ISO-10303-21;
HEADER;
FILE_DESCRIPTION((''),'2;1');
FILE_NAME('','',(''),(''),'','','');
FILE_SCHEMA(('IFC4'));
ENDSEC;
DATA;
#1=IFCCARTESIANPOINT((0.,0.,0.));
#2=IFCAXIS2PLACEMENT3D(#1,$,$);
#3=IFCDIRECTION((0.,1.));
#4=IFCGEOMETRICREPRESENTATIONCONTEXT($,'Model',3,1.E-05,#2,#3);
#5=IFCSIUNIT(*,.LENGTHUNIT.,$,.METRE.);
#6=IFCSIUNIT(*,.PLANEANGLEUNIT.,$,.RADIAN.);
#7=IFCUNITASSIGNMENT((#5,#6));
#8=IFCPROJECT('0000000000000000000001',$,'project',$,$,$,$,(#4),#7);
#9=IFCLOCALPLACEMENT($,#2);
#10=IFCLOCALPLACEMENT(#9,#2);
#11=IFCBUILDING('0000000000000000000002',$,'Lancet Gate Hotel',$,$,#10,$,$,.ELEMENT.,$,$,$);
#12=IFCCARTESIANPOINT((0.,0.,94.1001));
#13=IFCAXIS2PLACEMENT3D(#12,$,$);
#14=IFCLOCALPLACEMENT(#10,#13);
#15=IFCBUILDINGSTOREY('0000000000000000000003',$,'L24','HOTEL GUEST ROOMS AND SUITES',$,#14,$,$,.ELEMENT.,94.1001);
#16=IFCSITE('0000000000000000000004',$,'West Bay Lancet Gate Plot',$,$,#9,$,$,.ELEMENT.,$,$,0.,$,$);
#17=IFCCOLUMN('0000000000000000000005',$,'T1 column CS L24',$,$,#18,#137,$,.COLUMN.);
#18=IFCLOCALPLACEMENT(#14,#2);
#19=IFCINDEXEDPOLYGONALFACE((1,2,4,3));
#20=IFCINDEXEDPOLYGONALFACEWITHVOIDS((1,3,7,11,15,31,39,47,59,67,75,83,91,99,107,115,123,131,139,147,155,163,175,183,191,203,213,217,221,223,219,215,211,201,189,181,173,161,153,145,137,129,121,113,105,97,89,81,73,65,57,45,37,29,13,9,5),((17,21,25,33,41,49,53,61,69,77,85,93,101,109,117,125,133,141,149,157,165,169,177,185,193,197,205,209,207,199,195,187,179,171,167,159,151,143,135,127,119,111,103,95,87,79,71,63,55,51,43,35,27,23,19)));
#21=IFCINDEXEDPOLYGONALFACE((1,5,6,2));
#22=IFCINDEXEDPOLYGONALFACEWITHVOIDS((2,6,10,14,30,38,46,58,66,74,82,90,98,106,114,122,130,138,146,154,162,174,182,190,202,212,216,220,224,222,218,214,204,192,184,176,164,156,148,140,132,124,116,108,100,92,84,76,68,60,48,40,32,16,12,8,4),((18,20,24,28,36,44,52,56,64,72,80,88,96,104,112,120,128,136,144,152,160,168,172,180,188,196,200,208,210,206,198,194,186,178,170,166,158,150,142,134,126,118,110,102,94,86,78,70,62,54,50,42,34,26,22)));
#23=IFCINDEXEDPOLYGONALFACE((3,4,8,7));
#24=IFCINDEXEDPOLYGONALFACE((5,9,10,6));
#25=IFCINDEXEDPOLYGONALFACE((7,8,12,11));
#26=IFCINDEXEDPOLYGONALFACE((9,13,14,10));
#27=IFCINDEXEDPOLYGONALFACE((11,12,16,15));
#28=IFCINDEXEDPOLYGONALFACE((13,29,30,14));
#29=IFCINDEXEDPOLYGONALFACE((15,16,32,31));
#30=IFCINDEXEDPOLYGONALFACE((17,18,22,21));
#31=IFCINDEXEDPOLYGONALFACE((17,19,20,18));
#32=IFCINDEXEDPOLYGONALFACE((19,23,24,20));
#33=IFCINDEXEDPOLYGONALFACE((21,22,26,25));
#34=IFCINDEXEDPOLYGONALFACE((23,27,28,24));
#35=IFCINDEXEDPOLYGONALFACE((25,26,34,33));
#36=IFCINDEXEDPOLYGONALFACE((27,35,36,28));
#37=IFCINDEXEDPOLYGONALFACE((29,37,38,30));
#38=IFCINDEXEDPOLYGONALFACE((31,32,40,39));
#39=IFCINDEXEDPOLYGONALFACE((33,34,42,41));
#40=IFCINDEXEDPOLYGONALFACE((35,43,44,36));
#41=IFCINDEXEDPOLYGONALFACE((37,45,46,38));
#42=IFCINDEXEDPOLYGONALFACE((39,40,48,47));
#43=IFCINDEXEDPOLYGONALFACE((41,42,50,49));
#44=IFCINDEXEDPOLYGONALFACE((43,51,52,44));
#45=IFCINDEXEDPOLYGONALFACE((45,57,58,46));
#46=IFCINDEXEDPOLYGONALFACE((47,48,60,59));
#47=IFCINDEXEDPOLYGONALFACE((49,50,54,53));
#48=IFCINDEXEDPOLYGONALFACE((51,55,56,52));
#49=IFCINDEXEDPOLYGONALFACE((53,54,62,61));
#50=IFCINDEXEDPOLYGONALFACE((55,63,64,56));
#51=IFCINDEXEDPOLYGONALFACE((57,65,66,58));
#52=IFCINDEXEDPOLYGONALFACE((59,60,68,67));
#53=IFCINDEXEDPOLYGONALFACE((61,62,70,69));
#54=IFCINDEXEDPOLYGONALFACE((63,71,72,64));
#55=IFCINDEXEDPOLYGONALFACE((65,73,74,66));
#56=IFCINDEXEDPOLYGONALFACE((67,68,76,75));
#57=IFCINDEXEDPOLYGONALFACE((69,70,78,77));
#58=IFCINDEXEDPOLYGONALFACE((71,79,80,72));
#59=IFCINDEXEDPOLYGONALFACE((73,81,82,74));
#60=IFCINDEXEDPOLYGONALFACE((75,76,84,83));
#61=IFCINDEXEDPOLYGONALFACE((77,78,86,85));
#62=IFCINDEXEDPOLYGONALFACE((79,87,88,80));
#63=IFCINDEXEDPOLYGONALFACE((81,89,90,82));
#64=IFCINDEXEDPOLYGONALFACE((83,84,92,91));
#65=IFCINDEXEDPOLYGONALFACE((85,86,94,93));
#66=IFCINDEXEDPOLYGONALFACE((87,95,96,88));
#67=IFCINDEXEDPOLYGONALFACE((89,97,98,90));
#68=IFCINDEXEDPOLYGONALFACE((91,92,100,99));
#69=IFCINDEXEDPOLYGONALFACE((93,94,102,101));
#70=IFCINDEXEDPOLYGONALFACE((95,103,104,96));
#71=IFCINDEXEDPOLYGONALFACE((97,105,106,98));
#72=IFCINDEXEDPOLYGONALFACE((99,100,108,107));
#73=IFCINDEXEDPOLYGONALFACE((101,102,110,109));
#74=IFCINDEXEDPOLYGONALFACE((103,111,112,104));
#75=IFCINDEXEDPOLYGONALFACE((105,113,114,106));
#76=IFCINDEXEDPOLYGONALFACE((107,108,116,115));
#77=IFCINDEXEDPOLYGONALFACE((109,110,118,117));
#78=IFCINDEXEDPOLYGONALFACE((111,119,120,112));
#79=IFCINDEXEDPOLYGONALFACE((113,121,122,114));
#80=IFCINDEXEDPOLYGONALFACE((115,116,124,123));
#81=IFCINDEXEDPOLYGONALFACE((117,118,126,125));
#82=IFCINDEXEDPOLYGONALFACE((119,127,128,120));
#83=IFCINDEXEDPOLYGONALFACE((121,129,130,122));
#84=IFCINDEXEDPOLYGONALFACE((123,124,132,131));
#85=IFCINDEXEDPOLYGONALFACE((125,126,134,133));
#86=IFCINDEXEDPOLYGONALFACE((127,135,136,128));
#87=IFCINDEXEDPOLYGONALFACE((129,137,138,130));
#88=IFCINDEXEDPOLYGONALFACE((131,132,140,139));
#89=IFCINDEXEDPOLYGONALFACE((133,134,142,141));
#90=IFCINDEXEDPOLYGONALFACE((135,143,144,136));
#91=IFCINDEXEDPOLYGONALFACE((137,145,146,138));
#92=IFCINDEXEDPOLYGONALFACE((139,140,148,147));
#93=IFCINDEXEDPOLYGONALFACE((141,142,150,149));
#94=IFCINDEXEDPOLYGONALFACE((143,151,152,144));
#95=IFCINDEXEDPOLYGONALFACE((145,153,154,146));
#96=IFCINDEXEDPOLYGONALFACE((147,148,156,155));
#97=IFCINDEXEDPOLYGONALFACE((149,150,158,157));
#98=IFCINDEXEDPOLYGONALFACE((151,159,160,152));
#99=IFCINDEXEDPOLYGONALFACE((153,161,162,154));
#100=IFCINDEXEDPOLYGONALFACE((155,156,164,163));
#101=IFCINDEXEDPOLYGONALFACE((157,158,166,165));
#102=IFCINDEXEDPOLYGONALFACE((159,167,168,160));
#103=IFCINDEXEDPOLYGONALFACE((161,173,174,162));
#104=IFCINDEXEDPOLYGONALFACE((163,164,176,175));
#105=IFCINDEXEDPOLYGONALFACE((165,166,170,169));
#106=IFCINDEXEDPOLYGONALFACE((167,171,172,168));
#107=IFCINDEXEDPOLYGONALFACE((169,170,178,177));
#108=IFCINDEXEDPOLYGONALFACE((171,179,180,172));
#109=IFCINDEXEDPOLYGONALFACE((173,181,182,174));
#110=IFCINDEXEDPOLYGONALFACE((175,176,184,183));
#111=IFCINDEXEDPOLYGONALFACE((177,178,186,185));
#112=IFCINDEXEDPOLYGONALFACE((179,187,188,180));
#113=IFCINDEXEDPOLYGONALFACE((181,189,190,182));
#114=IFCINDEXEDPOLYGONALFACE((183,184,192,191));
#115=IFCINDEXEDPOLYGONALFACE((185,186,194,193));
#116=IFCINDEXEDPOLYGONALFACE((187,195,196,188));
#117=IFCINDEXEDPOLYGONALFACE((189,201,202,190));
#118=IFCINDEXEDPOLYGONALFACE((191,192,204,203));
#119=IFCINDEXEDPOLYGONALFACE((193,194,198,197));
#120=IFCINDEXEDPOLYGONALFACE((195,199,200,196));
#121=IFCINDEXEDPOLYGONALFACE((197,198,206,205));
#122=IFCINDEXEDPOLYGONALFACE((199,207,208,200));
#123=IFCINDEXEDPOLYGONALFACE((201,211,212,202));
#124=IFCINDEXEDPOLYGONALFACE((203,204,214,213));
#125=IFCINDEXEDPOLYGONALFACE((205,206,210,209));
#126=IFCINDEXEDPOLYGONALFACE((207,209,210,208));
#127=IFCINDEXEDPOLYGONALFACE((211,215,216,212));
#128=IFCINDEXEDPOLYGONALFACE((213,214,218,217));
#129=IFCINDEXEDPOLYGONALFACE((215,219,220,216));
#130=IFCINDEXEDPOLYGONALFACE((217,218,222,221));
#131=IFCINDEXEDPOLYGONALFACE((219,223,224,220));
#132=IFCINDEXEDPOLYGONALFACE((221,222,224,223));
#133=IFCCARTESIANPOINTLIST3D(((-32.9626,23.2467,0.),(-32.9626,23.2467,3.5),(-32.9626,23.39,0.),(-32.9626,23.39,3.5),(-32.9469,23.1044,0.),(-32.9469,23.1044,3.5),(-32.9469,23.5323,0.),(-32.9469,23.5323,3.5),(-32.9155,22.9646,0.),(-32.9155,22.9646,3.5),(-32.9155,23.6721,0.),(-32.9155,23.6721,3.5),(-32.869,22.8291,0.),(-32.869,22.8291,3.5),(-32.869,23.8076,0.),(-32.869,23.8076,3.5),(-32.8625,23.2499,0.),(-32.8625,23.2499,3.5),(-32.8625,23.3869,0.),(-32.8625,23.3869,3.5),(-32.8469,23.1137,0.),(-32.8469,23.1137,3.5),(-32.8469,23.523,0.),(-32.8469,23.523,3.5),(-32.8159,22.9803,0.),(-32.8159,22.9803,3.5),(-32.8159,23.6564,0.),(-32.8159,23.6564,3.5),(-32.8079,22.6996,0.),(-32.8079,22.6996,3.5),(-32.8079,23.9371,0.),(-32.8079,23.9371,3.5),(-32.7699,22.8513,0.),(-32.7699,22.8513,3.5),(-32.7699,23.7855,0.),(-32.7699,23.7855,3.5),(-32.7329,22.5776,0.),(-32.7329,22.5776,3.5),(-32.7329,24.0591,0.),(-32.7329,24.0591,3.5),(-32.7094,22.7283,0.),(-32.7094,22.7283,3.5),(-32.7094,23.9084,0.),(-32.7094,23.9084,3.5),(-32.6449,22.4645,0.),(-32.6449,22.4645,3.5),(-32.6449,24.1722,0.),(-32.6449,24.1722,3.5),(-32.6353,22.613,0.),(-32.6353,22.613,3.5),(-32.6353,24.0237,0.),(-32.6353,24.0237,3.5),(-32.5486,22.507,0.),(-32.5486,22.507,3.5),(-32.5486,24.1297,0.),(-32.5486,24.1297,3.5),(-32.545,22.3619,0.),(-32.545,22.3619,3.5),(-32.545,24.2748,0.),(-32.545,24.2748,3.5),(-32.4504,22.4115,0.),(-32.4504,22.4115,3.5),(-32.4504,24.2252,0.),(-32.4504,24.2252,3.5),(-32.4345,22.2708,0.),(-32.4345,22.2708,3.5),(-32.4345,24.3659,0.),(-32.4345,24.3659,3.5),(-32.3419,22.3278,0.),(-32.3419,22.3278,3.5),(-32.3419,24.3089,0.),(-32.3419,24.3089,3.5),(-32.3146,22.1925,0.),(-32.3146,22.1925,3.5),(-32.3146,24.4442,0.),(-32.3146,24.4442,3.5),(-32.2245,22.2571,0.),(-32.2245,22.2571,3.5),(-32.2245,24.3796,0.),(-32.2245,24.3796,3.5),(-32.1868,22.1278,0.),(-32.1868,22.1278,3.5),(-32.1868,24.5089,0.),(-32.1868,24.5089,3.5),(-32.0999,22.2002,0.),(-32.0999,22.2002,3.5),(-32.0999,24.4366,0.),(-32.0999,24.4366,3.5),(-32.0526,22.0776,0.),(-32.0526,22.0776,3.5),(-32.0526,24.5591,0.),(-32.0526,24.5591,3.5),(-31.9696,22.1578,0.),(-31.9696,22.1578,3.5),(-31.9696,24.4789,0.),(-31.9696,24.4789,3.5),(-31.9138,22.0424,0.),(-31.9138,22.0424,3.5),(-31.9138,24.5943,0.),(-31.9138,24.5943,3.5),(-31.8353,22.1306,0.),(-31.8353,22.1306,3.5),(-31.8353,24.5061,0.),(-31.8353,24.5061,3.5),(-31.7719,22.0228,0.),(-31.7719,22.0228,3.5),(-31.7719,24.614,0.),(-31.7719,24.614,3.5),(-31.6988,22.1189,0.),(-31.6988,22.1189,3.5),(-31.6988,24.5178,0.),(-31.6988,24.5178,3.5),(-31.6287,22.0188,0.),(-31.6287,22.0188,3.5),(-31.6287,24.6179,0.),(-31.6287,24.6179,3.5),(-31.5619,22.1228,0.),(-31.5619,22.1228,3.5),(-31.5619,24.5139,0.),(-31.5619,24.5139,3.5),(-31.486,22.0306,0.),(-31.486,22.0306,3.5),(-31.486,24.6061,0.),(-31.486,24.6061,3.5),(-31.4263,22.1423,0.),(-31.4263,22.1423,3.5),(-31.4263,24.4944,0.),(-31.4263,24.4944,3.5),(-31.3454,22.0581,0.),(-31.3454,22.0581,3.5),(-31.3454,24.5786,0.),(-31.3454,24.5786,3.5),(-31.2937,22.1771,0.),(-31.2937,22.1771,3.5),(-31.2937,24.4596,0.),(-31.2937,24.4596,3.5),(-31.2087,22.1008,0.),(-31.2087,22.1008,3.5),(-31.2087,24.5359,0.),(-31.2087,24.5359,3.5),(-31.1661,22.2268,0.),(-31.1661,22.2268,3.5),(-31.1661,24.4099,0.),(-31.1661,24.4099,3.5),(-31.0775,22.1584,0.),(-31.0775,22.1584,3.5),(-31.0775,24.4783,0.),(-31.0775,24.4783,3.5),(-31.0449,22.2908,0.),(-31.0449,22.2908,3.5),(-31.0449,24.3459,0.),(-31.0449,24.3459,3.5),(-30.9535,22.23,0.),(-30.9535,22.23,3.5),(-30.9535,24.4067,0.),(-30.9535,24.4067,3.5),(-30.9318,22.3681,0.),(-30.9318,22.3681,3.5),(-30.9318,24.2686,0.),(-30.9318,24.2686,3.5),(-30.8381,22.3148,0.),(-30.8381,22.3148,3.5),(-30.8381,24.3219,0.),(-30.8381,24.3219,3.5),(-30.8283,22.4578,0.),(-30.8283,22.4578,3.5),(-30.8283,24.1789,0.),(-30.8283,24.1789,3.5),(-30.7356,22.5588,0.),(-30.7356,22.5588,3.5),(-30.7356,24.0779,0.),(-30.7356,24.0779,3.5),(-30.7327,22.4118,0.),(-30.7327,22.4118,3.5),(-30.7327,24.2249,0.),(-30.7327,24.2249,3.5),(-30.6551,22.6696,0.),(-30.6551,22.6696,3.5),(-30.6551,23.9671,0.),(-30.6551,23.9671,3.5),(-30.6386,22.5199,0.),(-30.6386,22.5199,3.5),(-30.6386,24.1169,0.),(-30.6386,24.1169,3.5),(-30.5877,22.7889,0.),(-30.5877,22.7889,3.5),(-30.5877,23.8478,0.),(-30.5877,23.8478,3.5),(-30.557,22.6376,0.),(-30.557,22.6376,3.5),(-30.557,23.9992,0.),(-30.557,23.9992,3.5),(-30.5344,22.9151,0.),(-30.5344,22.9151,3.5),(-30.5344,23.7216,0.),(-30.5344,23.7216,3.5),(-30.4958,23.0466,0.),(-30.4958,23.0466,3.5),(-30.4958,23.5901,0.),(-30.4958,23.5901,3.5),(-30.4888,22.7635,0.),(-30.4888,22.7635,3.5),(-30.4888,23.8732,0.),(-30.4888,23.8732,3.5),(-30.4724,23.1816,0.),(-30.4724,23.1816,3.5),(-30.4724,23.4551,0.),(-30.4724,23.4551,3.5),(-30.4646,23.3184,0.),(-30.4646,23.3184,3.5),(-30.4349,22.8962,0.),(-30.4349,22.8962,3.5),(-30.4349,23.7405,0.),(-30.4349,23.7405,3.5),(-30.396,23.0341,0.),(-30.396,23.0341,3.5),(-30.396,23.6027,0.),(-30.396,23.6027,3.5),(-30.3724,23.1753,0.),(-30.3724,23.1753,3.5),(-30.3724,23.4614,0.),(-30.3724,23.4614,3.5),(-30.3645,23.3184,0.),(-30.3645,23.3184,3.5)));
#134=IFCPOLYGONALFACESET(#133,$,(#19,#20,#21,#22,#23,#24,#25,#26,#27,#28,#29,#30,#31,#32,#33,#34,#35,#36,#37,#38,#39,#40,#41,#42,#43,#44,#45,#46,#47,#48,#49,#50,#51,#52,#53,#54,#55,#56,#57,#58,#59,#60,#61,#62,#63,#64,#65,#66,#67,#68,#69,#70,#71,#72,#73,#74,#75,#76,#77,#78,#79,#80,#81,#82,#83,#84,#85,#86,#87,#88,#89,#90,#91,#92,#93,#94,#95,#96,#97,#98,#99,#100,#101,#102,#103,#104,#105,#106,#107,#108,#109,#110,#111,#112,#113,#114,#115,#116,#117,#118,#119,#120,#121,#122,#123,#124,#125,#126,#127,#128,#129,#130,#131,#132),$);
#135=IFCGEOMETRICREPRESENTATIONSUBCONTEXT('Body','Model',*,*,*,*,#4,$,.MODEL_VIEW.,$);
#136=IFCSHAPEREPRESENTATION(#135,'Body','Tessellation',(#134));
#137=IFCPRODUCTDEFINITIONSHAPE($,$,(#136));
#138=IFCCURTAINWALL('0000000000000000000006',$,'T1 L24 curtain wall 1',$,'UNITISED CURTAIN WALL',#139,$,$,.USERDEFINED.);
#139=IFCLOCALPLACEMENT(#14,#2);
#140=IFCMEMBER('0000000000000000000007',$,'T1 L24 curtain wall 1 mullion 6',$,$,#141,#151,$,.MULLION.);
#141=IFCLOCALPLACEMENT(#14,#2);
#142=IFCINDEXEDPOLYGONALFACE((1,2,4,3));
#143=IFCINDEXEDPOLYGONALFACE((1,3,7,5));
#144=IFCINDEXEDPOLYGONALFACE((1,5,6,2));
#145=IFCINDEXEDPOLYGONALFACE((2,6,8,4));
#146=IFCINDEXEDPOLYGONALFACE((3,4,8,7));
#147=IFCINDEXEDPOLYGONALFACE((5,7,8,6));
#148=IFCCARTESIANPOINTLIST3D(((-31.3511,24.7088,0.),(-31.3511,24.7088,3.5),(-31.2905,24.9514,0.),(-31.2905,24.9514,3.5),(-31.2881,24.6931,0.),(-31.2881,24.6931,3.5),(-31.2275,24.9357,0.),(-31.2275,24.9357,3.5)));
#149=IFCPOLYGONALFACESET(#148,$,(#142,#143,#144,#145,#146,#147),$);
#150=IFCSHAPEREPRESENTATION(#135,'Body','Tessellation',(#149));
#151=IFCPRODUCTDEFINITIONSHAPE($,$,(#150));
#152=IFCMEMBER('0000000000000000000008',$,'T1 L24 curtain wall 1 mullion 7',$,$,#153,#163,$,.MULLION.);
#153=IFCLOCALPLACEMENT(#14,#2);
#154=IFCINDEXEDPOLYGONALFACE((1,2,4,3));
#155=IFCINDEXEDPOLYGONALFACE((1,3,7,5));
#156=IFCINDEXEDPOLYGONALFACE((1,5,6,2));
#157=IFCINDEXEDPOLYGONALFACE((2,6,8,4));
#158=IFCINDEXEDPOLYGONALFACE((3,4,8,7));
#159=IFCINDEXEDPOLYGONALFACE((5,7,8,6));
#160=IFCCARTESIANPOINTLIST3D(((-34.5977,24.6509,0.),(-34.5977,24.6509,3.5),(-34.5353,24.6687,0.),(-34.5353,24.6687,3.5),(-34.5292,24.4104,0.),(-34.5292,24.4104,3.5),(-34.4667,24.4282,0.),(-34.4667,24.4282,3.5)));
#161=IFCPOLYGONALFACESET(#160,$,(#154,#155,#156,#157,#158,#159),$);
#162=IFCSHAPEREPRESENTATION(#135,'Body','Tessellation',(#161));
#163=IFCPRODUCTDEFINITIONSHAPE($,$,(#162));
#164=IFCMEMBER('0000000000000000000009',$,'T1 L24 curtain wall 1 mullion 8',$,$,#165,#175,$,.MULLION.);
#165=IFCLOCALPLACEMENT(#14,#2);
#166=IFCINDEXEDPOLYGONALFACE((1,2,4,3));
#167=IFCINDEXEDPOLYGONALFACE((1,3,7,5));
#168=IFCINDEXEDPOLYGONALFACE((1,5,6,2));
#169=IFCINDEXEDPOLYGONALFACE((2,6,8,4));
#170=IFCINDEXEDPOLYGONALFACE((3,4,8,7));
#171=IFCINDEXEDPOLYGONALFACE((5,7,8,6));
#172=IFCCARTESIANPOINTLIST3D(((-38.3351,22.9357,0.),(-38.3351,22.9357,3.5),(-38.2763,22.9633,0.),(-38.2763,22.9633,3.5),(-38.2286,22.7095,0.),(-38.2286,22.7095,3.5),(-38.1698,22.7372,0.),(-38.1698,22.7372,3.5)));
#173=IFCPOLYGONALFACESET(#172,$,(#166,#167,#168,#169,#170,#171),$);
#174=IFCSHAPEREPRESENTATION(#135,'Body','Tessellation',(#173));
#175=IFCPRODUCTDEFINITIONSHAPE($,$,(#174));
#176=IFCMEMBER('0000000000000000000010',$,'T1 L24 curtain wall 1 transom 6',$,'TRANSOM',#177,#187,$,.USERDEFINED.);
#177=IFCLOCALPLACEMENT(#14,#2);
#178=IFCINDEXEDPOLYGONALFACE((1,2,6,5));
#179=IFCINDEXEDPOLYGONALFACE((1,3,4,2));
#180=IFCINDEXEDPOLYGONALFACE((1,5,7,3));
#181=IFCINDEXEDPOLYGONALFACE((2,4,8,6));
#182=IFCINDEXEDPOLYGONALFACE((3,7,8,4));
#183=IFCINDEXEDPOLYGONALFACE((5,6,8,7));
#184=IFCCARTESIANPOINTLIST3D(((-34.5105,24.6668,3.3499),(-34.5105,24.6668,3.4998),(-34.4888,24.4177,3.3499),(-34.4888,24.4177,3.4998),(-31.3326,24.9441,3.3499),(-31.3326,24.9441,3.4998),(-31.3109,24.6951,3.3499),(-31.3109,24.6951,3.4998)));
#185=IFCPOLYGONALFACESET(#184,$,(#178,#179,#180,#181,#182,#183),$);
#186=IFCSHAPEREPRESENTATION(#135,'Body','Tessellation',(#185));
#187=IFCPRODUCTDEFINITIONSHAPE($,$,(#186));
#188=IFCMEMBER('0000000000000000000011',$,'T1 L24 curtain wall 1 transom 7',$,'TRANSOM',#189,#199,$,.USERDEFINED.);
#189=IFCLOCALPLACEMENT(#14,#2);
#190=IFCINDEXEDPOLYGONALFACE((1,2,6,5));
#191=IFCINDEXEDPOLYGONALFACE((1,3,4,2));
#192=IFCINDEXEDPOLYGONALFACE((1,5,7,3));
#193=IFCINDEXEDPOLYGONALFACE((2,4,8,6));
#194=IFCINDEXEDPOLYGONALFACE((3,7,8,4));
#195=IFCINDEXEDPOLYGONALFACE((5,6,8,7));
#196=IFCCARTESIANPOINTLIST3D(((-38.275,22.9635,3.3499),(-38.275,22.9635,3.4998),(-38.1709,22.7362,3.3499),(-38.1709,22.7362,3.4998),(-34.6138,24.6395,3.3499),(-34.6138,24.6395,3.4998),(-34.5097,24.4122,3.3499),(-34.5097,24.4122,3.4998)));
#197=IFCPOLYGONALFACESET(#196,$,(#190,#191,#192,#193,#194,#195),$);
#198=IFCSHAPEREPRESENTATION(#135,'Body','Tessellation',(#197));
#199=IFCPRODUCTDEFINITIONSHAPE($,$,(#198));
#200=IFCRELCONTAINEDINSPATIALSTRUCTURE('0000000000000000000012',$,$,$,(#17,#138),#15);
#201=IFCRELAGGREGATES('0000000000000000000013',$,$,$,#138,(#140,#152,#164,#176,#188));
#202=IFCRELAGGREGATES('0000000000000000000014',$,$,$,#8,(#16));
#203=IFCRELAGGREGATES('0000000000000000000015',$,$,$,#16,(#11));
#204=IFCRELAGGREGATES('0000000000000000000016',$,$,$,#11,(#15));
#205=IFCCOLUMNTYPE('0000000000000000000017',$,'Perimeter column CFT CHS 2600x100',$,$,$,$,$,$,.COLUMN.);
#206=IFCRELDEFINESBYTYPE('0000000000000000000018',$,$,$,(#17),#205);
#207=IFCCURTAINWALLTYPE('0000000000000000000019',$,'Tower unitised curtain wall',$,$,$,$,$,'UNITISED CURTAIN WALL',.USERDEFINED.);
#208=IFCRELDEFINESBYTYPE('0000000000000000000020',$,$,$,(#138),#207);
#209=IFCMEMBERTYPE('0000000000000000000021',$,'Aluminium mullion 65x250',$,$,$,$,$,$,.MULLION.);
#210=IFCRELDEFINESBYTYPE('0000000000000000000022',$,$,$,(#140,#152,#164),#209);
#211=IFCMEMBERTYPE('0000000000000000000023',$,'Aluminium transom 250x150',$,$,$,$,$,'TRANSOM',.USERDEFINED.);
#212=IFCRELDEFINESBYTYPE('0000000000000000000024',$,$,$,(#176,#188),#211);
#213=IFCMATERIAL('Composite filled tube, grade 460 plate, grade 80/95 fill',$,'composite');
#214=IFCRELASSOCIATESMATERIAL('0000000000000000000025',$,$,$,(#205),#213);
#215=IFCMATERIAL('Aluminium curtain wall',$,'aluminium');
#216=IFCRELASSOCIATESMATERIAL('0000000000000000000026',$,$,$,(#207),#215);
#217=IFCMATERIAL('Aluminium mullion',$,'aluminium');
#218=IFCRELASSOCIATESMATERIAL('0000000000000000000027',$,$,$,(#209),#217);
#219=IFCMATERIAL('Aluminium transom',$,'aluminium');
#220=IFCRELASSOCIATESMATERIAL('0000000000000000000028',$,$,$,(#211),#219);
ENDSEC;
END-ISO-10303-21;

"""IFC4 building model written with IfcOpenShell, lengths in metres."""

from ifc_helpers import new_model, si_unit, direction, frame, origin, origin_2d, place, context, subcontext, project, spatial, rectangle, hollow_circle, extrude, material, material_profile, profile_set, type_object, element, aggregate, save


model = new_model("IFC4")

# Units and contexts
model_context = context("Model", 3, precision=1e-05, world=origin(), true_north=direction((0.0, 1.0)))
body_context = subcontext(model_context, "Body", "Model", "MODEL_VIEW")
ifc_project = project(units=[si_unit("LENGTHUNIT", "METRE"), si_unit("PLANEANGLEUNIT", "RADIAN")], contexts=[model_context])

# Site, building, storey
site_placement = place(None, origin())
site = spatial("IfcSite", under=ifc_project, at=site_placement, Name="West Bay Lancet Gate Plot", CompositionType="ELEMENT", RefElevation=0.0)
building_placement = place(site_placement, origin())
building = spatial("IfcBuilding", under=site, at=building_placement, Name="Lancet Gate Hotel", CompositionType="ELEMENT")
storey_placement = place(building_placement, frame((0.0, 0.0, 94.1001)))
storey = spatial("IfcBuildingStorey", under=building, at=storey_placement, Name="L24", Description="HOTEL GUEST ROOMS AND SUITES", CompositionType="ELEMENT", Elevation=94.1001)

# Column
ifc_material_1 = material(Name="Composite filled tube, grade 460 plate, grade 80/95 fill", Category="composite")
ifc_material_profile_1 = material_profile(ifc_material_1, hollow_circle(Radius=1.3, WallThickness=0.1001, at=origin_2d()), Name="CHS 2600x100")
ifc_profile_set_1 = profile_set([ifc_material_profile_1], Name="Composite filled tube, grade 460 plate, grade 80/95 fill")
column_type = type_object("IfcColumnType", Name="Perimeter column CFT CHS 2600x100", PredefinedType="COLUMN", material=ifc_profile_set_1)
column_placement = place(storey_placement, frame((-31.6646, 23.3184, 0.0), z_axis=(0.0, 0.0, 1.0), x_axis=(1.0, 0.0, 0.0)))
element("IfcColumn", 1, at=column_placement, inside=storey, type_object=column_type, Name="T1 column CS L24", PredefinedType="COLUMN", context=body_context, shape_type="SweptSolid", body=[
    extrude(hollow_circle(Radius=1.3, WallThickness=0.1001, at=origin_2d()), origin(), (0.0, 0.0, 1.0), 3.5),
])

# Curtain wall, members
ifc_material_2 = material(Name="Aluminium curtain wall", Category="aluminium")
curtain_wall_type = type_object("IfcCurtainWallType", Name="Tower unitised curtain wall", ElementType="UNITISED CURTAIN WALL", PredefinedType="USERDEFINED", material=ifc_material_2)
curtain_wall_placement = place(storey_placement, origin())
curtain_wall = element("IfcCurtainWall", 2, at=curtain_wall_placement, inside=storey, type_object=curtain_wall_type, Name="T1 L24 curtain wall 1", ObjectType="UNITISED CURTAIN WALL", PredefinedType="USERDEFINED")
ifc_material_3 = material(Name="Aluminium mullion", Category="aluminium")
ifc_material_profile_2 = material_profile(ifc_material_3, rectangle(XDim=0.0649, YDim=0.25, at=origin_2d()), Name="MULLION 65x250")
ifc_profile_set_2 = profile_set([ifc_material_profile_2], Name="Aluminium mullion")
member_type_1 = type_object("IfcMemberType", Name="Aluminium mullion 65x250", PredefinedType="MULLION", material=ifc_profile_set_2)
member_1_placement = place(storey_placement, frame((-31.2893, 24.8223, 0.0), z_axis=(0.0, 0.0, 1.0), x_axis=(-0.970242, 0.242137, 0.0)))
member_1 = element("IfcMember", 3, at=member_1_placement, type_object=member_type_1, Name="T1 L24 curtain wall 1 mullion 6", PredefinedType="MULLION", context=body_context, shape_type="SweptSolid", body=[
    extrude(rectangle(XDim=0.0649, YDim=0.25, at=origin_2d()), origin(), (0.0, 0.0, 1.0), 3.5),
])
member_2_placement = place(storey_placement, frame((-34.5322, 24.5396, 0.0), z_axis=(0.0, 0.0, 1.0), x_axis=(-0.961653, -0.274268, 0.0)))
member_2 = element("IfcMember", 4, at=member_2_placement, type_object=member_type_1, Name="T1 L24 curtain wall 1 mullion 7", PredefinedType="MULLION", context=body_context, shape_type="SweptSolid", body=[
    extrude(rectangle(XDim=0.0649, YDim=0.25, at=origin_2d()), origin(), (0.0, 0.0, 1.0), 3.5),
])
member_3_placement = place(storey_placement, frame((-38.2524, 22.8364, 0.0), z_axis=(0.0, 0.0, 1.0), x_axis=(-0.90472, -0.426008, 0.0)))
member_3 = element("IfcMember", 5, at=member_3_placement, type_object=member_type_1, Name="T1 L24 curtain wall 1 mullion 8", PredefinedType="MULLION", context=body_context, shape_type="SweptSolid", body=[
    extrude(rectangle(XDim=0.0649, YDim=0.25, at=origin_2d()), origin(), (0.0, 0.0, 1.0), 3.5),
])
ifc_material_4 = material(Name="Aluminium transom", Category="aluminium")
ifc_material_profile_3 = material_profile(ifc_material_4, rectangle(XDim=0.25, YDim=0.1499, at=origin_2d()), Name="TRANSOM 250x150")
ifc_profile_set_3 = profile_set([ifc_material_profile_3], Name="Aluminium transom")
member_type_2 = type_object("IfcMemberType", Name="Aluminium transom 250x150", ElementType="TRANSOM", PredefinedType="USERDEFINED", material=ifc_profile_set_3)
member_4_placement = place(storey_placement, frame((-31.3218, 24.8196, 3.4248), z_axis=(-0.996214, -0.08694, 0.0), x_axis=(0.08694, -0.996214, 0.0)))
member_4 = element("IfcMember", 6, at=member_4_placement, type_object=member_type_2, Name="T1 L24 curtain wall 1 transom 6", ObjectType="TRANSOM", PredefinedType="USERDEFINED", context=body_context, shape_type="SweptSolid", body=[
    extrude(rectangle(XDim=0.25, YDim=0.1499, at=origin_2d()), origin(), (0.0, 0.0, 1.0), 3.1899),
])
member_5_placement = place(storey_placement, frame((-34.5618, 24.5259, 3.4248), z_axis=(-0.909252, -0.416245, 0.0), x_axis=(0.416245, -0.909252, 0.0)))
member_5 = element("IfcMember", 7, at=member_5_placement, type_object=member_type_2, Name="T1 L24 curtain wall 1 transom 7", ObjectType="TRANSOM", PredefinedType="USERDEFINED", context=body_context, shape_type="SweptSolid", body=[
    extrude(rectangle(XDim=0.25, YDim=0.1499, at=origin_2d()), origin(), (0.0, 0.0, 1.0), 4.0266),
])

aggregate(curtain_wall, [member_1, member_2, member_3, member_4, member_5])

save(model, "model.ifc")
